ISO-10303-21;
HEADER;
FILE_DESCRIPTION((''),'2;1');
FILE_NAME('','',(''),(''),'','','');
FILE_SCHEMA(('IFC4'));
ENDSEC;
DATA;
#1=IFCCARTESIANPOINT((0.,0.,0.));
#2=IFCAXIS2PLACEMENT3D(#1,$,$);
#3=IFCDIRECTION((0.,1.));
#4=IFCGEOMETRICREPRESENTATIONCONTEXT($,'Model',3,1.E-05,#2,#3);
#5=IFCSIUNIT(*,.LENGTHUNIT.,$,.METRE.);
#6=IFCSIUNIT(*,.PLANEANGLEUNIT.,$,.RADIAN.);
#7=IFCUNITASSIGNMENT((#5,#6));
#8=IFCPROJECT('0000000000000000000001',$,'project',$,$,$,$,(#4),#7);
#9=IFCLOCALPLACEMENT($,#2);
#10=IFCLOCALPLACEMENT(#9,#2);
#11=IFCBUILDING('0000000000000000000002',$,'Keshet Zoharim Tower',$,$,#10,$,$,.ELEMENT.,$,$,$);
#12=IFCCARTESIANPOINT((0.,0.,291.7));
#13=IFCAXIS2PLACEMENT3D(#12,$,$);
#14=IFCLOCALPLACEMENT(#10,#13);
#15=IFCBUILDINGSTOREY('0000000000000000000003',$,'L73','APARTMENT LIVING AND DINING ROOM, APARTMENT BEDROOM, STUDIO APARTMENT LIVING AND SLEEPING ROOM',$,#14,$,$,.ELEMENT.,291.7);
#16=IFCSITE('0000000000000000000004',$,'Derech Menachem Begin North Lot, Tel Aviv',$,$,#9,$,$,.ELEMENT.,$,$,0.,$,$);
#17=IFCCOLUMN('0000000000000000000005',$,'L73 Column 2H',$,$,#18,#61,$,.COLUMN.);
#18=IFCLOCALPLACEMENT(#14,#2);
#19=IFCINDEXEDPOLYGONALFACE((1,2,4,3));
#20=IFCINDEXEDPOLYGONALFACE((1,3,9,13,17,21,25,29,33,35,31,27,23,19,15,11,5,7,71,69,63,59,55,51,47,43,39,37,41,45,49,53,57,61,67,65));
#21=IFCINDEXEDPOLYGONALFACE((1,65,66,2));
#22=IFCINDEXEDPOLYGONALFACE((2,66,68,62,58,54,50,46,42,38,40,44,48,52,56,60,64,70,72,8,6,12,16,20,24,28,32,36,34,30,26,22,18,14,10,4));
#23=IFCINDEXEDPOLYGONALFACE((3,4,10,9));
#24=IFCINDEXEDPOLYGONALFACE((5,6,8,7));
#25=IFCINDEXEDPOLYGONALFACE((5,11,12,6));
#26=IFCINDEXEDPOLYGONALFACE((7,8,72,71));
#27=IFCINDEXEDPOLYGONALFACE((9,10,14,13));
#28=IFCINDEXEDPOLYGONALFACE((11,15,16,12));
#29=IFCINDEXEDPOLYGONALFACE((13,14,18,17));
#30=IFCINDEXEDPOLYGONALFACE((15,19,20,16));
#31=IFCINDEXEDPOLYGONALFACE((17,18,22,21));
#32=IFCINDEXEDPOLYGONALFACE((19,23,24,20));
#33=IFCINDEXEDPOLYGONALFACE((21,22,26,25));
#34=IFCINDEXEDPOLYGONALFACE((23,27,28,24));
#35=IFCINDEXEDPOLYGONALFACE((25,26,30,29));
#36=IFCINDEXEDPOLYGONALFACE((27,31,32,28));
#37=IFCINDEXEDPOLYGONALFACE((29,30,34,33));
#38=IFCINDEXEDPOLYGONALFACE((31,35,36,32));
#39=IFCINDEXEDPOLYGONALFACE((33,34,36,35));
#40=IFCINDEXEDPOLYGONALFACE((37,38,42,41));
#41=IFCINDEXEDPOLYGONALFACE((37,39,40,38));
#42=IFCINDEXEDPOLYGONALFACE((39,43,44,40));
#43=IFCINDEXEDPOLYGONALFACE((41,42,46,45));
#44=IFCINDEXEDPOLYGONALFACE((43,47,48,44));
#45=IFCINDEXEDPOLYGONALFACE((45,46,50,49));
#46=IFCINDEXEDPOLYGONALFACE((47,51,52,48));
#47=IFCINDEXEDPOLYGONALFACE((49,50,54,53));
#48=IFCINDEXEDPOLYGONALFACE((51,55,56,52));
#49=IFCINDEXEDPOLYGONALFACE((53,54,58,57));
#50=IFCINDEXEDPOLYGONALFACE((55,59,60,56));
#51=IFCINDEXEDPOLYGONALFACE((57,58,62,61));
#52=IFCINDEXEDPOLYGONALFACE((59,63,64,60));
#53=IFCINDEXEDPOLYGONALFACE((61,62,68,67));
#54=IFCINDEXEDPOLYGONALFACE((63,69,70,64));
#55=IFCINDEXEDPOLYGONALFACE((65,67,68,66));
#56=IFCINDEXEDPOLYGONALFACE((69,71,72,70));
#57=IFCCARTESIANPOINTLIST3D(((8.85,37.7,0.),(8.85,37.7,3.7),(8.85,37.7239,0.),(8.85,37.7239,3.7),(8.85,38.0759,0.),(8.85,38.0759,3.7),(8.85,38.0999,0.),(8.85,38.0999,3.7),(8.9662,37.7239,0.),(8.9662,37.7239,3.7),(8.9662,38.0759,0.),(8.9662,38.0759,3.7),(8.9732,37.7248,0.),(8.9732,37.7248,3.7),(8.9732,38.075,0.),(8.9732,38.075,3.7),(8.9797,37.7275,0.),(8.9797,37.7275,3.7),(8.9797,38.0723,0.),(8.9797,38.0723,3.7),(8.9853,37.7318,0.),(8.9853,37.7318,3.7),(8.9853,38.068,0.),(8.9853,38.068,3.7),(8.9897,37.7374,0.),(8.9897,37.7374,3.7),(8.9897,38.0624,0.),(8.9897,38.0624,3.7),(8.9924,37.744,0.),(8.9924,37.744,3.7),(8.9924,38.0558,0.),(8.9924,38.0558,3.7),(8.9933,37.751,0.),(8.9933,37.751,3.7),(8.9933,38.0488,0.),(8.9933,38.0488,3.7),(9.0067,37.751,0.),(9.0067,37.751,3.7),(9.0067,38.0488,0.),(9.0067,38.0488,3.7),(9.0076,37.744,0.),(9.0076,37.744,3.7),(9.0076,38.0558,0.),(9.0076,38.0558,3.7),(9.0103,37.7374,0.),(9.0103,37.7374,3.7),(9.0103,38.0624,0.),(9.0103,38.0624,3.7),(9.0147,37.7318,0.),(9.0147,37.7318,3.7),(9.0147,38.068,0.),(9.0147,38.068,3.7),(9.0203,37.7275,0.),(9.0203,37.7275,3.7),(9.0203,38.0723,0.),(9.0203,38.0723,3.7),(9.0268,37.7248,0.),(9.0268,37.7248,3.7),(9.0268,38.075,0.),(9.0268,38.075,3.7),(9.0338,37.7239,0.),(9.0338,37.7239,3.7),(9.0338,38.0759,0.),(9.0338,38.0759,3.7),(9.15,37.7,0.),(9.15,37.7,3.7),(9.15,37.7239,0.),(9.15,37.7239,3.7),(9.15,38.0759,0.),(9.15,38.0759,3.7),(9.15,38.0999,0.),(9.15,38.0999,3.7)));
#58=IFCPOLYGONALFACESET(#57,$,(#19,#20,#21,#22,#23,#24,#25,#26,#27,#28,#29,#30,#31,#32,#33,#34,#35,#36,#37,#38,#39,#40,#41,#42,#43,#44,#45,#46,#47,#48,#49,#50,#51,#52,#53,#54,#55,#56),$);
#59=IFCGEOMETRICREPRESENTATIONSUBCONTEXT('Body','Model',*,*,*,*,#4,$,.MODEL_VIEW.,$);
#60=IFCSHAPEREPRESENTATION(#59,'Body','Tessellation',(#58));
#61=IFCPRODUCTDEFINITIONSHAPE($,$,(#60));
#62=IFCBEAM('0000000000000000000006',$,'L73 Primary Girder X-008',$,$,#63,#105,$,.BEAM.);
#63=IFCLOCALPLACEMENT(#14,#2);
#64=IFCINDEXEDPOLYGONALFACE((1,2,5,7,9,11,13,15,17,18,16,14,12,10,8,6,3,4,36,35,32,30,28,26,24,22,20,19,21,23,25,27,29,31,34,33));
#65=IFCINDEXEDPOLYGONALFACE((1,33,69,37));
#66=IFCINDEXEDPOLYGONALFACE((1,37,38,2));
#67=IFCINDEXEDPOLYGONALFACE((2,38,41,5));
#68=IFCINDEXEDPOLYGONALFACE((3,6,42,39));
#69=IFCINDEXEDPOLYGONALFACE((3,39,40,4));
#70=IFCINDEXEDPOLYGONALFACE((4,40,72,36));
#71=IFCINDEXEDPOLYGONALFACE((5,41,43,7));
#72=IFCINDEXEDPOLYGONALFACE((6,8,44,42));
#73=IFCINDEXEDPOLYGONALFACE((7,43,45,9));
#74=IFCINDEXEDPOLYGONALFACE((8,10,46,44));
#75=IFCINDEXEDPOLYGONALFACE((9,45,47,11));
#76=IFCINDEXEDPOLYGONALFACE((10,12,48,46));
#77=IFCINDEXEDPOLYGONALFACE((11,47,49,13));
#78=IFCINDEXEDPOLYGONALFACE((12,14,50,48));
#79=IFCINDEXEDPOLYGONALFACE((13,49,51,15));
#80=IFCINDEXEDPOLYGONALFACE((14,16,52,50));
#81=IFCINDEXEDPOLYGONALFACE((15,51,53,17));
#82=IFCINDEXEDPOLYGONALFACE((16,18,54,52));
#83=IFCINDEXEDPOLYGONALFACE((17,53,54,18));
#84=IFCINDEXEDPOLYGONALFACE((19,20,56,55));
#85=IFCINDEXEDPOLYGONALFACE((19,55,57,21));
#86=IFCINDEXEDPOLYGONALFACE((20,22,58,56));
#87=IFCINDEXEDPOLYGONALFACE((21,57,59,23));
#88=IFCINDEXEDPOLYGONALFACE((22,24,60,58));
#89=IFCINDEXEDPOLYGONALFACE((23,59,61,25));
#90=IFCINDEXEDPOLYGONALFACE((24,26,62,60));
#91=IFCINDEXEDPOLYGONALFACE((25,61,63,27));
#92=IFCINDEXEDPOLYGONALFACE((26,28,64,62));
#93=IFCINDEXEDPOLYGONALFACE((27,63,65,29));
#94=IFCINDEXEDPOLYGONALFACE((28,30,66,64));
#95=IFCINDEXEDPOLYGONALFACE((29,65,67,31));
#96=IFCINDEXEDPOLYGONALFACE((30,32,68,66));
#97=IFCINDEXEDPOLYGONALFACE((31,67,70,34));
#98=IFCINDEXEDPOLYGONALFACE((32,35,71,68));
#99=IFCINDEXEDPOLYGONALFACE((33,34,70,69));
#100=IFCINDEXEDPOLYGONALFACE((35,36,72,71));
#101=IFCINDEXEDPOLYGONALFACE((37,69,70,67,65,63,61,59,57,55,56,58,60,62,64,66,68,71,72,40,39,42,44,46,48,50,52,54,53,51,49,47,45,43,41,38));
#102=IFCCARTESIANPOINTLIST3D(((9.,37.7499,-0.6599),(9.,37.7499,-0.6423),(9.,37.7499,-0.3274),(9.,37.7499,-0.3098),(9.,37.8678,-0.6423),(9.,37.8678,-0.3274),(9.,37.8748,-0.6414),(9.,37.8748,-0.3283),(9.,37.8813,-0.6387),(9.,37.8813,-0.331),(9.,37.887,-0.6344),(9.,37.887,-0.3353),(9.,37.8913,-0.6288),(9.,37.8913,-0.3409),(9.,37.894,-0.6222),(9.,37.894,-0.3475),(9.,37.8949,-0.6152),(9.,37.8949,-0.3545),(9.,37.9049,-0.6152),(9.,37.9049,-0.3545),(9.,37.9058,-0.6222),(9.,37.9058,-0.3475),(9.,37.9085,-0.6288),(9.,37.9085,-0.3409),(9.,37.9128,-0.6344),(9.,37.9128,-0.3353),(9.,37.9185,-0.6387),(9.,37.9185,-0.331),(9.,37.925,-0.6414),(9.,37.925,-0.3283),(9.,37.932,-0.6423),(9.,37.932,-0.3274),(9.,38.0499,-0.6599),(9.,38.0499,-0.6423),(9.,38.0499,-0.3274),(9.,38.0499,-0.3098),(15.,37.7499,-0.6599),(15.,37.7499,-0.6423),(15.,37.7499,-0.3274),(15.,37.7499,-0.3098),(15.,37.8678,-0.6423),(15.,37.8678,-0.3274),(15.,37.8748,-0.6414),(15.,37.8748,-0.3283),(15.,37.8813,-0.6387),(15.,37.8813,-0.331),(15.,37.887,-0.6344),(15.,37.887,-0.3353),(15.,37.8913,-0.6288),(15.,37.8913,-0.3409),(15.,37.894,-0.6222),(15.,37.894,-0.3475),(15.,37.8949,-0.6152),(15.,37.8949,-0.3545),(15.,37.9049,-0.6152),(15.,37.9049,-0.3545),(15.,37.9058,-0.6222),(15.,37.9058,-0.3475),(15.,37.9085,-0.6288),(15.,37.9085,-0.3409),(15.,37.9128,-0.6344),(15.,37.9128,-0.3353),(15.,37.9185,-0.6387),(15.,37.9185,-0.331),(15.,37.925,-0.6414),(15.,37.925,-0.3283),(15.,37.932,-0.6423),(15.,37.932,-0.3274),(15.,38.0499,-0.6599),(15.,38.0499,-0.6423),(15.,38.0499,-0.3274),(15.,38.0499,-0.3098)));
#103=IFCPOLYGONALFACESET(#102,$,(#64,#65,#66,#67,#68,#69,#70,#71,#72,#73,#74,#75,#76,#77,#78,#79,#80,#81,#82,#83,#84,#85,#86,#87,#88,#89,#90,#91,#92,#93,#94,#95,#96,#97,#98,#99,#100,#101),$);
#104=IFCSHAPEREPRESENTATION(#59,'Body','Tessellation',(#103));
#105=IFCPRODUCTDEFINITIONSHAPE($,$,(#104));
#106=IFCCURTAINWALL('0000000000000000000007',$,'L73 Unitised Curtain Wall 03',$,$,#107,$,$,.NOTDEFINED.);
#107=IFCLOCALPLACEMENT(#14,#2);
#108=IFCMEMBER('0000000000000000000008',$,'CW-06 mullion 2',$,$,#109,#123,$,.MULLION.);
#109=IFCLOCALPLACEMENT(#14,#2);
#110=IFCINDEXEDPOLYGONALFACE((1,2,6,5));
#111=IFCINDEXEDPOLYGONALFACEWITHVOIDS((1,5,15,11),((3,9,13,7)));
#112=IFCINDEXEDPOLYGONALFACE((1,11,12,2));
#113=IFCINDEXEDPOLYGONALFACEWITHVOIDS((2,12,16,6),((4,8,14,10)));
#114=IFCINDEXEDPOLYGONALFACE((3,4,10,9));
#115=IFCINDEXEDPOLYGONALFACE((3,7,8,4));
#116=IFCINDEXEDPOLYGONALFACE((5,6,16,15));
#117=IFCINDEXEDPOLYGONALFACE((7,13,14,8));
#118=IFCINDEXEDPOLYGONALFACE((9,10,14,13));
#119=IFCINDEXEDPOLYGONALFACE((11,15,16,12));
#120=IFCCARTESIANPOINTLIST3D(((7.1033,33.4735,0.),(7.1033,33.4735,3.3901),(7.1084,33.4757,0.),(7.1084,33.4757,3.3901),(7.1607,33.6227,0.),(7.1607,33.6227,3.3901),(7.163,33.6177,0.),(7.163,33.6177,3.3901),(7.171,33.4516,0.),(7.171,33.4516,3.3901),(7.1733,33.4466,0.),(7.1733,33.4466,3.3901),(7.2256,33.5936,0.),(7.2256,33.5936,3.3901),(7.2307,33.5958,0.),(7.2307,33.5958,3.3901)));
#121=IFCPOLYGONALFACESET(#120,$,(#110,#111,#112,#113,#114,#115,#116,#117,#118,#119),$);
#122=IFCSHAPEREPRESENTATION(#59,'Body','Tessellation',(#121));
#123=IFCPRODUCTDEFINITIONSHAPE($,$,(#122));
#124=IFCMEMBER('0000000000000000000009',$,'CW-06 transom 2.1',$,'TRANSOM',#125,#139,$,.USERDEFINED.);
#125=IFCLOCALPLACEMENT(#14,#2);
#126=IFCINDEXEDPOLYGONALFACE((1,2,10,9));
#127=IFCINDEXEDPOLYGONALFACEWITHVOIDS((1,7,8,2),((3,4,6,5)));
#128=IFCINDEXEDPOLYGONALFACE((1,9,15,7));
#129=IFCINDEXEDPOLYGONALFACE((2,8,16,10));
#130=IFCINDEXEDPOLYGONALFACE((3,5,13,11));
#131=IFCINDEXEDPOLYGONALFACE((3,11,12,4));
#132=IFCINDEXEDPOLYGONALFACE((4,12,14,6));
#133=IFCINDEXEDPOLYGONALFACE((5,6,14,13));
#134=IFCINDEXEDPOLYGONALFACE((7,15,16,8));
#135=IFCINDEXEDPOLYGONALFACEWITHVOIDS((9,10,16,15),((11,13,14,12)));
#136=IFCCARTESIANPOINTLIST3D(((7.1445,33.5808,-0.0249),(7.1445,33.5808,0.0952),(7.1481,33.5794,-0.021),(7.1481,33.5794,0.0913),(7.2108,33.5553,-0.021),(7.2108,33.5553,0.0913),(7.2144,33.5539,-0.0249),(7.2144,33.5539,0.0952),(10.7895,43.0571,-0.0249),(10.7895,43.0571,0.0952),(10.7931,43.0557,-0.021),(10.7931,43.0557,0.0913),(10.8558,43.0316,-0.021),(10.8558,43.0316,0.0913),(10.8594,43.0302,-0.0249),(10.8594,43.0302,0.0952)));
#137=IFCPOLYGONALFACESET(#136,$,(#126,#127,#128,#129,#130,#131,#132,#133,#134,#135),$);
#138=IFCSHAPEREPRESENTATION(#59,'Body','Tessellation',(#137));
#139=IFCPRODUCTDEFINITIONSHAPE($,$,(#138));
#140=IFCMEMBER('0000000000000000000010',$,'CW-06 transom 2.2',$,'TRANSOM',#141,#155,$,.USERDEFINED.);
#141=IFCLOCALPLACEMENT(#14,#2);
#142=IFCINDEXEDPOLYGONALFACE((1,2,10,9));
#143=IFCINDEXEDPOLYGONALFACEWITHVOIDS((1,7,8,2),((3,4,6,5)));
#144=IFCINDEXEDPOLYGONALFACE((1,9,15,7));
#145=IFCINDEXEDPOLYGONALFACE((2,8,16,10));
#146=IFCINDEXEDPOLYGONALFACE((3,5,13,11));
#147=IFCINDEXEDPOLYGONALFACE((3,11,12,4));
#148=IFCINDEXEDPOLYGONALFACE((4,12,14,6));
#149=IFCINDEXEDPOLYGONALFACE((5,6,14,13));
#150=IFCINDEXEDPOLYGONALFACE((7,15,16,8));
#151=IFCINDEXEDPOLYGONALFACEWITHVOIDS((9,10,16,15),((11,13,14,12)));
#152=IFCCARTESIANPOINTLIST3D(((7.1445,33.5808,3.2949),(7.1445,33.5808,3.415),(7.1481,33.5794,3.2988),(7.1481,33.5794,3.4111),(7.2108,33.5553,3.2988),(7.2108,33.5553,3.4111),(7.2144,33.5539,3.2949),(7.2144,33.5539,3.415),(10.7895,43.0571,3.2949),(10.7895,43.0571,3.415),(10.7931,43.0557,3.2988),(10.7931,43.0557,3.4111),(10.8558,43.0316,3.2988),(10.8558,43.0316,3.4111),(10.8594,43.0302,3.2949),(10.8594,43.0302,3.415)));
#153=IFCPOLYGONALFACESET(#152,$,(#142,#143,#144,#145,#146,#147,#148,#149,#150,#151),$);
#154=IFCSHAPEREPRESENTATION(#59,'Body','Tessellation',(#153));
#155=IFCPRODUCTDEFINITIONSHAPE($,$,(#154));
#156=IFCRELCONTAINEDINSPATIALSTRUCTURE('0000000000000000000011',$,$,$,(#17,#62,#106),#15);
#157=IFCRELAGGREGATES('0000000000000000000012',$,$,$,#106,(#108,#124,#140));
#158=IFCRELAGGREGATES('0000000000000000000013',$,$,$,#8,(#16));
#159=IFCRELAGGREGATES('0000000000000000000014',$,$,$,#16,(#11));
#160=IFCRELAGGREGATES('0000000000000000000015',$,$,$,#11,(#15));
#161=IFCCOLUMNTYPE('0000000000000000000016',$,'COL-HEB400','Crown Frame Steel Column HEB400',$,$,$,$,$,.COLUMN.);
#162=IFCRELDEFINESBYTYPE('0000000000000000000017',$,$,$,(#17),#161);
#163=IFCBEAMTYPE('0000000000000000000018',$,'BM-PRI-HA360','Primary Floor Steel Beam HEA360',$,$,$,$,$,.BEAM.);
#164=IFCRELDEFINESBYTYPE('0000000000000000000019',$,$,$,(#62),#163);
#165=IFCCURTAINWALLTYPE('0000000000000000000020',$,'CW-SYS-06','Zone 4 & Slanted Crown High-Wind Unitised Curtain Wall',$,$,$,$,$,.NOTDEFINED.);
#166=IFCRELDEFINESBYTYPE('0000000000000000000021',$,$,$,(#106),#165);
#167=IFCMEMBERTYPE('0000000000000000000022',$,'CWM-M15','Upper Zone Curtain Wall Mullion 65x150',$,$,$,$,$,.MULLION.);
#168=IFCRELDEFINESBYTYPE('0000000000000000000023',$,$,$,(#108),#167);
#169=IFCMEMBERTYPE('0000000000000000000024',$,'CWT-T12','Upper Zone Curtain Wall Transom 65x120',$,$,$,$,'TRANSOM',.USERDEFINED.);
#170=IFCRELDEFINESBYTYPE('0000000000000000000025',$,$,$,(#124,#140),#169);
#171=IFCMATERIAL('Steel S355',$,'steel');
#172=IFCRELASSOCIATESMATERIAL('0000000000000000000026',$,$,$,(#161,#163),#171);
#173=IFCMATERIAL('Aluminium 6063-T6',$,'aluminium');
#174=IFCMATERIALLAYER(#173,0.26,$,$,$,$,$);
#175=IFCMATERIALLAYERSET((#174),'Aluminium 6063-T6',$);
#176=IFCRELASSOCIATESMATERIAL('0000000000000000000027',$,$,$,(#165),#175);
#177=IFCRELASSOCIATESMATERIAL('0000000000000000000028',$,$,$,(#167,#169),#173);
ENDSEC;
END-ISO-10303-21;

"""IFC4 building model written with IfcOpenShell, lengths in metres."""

from ifc_helpers import new_model, si_unit, direction, frame, origin, origin_2d, place, context, subcontext, project, spatial, hollow_rectangle, i_section, extrude, material, layer, layer_set, material_profile, profile_set, type_object, element, aggregate, save


model = new_model("IFC4")

# Units and contexts
model_context = context("Model", 3, precision=1e-05, world=origin(), true_north=direction((0.0, 1.0)))
body_context = subcontext(model_context, "Body", "Model", "MODEL_VIEW")
ifc_project = project(units=[si_unit("LENGTHUNIT", "METRE"), si_unit("PLANEANGLEUNIT", "RADIAN")], contexts=[model_context])

# Site, building, storey
site_placement = place(None, origin())
site = spatial("IfcSite", under=ifc_project, at=site_placement, Name="Derech Menachem Begin North Lot, Tel Aviv", CompositionType="ELEMENT", RefElevation=0.0)
building_placement = place(site_placement, origin())
building = spatial("IfcBuilding", under=site, at=building_placement, Name="Keshet Zoharim Tower", CompositionType="ELEMENT")
storey_placement = place(building_placement, frame((0.0, 0.0, 291.7)))
storey = spatial("IfcBuildingStorey", under=building, at=storey_placement, Name="L73", Description="APARTMENT LIVING AND DINING ROOM, APARTMENT BEDROOM, STUDIO APARTMENT LIVING AND SLEEPING ROOM", CompositionType="ELEMENT", Elevation=291.7)

# Column
ifc_material_1 = material(Name="Steel S355", Category="steel")
ifc_material_profile_1 = material_profile(ifc_material_1, i_section(OverallWidth=0.3, OverallDepth=0.3999, WebThickness=0.0134, FlangeThickness=0.0239, FilletRadius=0.0271, at=origin_2d()), Name="HEB400")
ifc_profile_set_1 = profile_set([ifc_material_profile_1], Name="Steel S355")
column_type = type_object("IfcColumnType", Name="COL-HEB400", Description="Crown Frame Steel Column HEB400", PredefinedType="COLUMN", material=ifc_profile_set_1)
column_placement = place(storey_placement, frame((9.0, 37.8999, 0.0), z_axis=(0.0, 0.0, 1.0), x_axis=(1.0, 0.0, 0.0)))
element("IfcColumn", 1, at=column_placement, inside=storey, type_object=column_type, Name="L73 Column 2H", PredefinedType="COLUMN", context=body_context, shape_type="SweptSolid", body=[
    extrude(i_section(OverallWidth=0.3, OverallDepth=0.3999, WebThickness=0.0134, FlangeThickness=0.0239, FilletRadius=0.0271, at=origin_2d()), origin(), (0.0, 0.0, 1.0), 3.7),
])

# Beam
ifc_material_profile_2 = material_profile(ifc_material_1, i_section(OverallWidth=0.3, OverallDepth=0.3501, WebThickness=0.01, FlangeThickness=0.0176, FilletRadius=0.0271, at=origin_2d()), Name="HEA360")
ifc_profile_set_2 = profile_set([ifc_material_profile_2], Name="Steel S355")
beam_type = type_object("IfcBeamType", Name="BM-PRI-HA360", Description="Primary Floor Steel Beam HEA360", PredefinedType="BEAM", material=ifc_profile_set_2)
beam_placement = place(storey_placement, frame((9.0, 37.8999, -0.4849), z_axis=(1.0, 0.0, 0.0), x_axis=(0.0, 1.0, 0.0)))
element("IfcBeam", 2, at=beam_placement, inside=storey, type_object=beam_type, Name="L73 Primary Girder X-008", PredefinedType="BEAM", context=body_context, shape_type="SweptSolid", body=[
    extrude(i_section(OverallWidth=0.3, OverallDepth=0.3501, WebThickness=0.01, FlangeThickness=0.0176, FilletRadius=0.0271, at=origin_2d()), origin(), (0.0, 0.0, 1.0), 6.0),
])

# Curtain wall, members
ifc_material_2 = material(Name="Aluminium 6063-T6", Category="aluminium")
ifc_layer_1 = layer(ifc_material_2, 0.26)
ifc_layer_set_1 = layer_set([ifc_layer_1], Name="Aluminium 6063-T6")
curtain_wall_type = type_object("IfcCurtainWallType", Name="CW-SYS-06", Description="Zone 4 & Slanted Crown High-Wind Unitised Curtain Wall", PredefinedType="NOTDEFINED", material=ifc_layer_set_1)
curtain_wall_placement = place(storey_placement, origin())
curtain_wall = element("IfcCurtainWall", 3, at=curtain_wall_placement, inside=storey, type_object=curtain_wall_type, Name="L73 Unitised Curtain Wall 03", PredefinedType="NOTDEFINED")
ifc_material_profile_3 = material_profile(ifc_material_2, hollow_rectangle(XDim=0.075, YDim=0.1599, WallThickness=0.0039, at=origin_2d()), Name="MUL-75x160")
ifc_profile_set_3 = profile_set([ifc_material_profile_3], Name="Aluminium 6063-T6")
member_type_1 = type_object("IfcMemberType", Name="CWM-M15", Description="Upper Zone Curtain Wall Mullion 65x150", PredefinedType="MULLION", material=ifc_profile_set_3)
member_1_placement = place(storey_placement, frame((7.167, 33.5347, 0.0), z_axis=(0.0, 0.0, 1.0), x_axis=(-0.933341, 0.35899, 0.0)))
member_1 = element("IfcMember", 4, at=member_1_placement, type_object=member_type_1, Name="CW-06 mullion 2", PredefinedType="MULLION", context=body_context, shape_type="SweptSolid", body=[
    extrude(hollow_rectangle(XDim=0.075, YDim=0.1599, WallThickness=0.0039, at=origin_2d()), origin(), (0.0, 0.0, 1.0), 3.3901),
])
ifc_material_profile_4 = material_profile(ifc_material_2, hollow_rectangle(XDim=0.075, YDim=0.1201, WallThickness=0.0039, at=origin_2d()), Name="TRN-75x120")
ifc_profile_set_4 = profile_set([ifc_material_profile_4], Name="Aluminium 6063-T6")
member_type_2 = type_object("IfcMemberType", Name="CWT-T12", Description="Upper Zone Curtain Wall Transom 65x120", ElementType="TRANSOM", PredefinedType="USERDEFINED", material=ifc_profile_set_4)
member_2_placement = place(storey_placement, frame((7.1794, 33.5674, 0.0352), z_axis=(0.359003, 0.933336, 0.0), x_axis=(-0.933336, 0.359003, 0.0)))
member_2 = element("IfcMember", 5, at=member_2_placement, type_object=member_type_2, Name="CW-06 transom 2.1", ObjectType="TRANSOM", PredefinedType="USERDEFINED", context=body_context, shape_type="SweptSolid", body=[
    extrude(hollow_rectangle(XDim=0.075, YDim=0.1201, WallThickness=0.0039, at=origin_2d()), origin(), (0.0, 0.0, 1.0), 10.1531),
])
member_3_placement = place(storey_placement, frame((7.1794, 33.5674, 3.355), z_axis=(0.359003, 0.933336, 0.0), x_axis=(-0.933336, 0.359003, 0.0)))
member_3 = element("IfcMember", 6, at=member_3_placement, type_object=member_type_2, Name="CW-06 transom 2.2", ObjectType="TRANSOM", PredefinedType="USERDEFINED", context=body_context, shape_type="SweptSolid", body=[
    extrude(hollow_rectangle(XDim=0.075, YDim=0.1201, WallThickness=0.0039, at=origin_2d()), origin(), (0.0, 0.0, 1.0), 10.1531),
])

aggregate(curtain_wall, [member_1, member_2, member_3])

save(model, "model.ifc")
